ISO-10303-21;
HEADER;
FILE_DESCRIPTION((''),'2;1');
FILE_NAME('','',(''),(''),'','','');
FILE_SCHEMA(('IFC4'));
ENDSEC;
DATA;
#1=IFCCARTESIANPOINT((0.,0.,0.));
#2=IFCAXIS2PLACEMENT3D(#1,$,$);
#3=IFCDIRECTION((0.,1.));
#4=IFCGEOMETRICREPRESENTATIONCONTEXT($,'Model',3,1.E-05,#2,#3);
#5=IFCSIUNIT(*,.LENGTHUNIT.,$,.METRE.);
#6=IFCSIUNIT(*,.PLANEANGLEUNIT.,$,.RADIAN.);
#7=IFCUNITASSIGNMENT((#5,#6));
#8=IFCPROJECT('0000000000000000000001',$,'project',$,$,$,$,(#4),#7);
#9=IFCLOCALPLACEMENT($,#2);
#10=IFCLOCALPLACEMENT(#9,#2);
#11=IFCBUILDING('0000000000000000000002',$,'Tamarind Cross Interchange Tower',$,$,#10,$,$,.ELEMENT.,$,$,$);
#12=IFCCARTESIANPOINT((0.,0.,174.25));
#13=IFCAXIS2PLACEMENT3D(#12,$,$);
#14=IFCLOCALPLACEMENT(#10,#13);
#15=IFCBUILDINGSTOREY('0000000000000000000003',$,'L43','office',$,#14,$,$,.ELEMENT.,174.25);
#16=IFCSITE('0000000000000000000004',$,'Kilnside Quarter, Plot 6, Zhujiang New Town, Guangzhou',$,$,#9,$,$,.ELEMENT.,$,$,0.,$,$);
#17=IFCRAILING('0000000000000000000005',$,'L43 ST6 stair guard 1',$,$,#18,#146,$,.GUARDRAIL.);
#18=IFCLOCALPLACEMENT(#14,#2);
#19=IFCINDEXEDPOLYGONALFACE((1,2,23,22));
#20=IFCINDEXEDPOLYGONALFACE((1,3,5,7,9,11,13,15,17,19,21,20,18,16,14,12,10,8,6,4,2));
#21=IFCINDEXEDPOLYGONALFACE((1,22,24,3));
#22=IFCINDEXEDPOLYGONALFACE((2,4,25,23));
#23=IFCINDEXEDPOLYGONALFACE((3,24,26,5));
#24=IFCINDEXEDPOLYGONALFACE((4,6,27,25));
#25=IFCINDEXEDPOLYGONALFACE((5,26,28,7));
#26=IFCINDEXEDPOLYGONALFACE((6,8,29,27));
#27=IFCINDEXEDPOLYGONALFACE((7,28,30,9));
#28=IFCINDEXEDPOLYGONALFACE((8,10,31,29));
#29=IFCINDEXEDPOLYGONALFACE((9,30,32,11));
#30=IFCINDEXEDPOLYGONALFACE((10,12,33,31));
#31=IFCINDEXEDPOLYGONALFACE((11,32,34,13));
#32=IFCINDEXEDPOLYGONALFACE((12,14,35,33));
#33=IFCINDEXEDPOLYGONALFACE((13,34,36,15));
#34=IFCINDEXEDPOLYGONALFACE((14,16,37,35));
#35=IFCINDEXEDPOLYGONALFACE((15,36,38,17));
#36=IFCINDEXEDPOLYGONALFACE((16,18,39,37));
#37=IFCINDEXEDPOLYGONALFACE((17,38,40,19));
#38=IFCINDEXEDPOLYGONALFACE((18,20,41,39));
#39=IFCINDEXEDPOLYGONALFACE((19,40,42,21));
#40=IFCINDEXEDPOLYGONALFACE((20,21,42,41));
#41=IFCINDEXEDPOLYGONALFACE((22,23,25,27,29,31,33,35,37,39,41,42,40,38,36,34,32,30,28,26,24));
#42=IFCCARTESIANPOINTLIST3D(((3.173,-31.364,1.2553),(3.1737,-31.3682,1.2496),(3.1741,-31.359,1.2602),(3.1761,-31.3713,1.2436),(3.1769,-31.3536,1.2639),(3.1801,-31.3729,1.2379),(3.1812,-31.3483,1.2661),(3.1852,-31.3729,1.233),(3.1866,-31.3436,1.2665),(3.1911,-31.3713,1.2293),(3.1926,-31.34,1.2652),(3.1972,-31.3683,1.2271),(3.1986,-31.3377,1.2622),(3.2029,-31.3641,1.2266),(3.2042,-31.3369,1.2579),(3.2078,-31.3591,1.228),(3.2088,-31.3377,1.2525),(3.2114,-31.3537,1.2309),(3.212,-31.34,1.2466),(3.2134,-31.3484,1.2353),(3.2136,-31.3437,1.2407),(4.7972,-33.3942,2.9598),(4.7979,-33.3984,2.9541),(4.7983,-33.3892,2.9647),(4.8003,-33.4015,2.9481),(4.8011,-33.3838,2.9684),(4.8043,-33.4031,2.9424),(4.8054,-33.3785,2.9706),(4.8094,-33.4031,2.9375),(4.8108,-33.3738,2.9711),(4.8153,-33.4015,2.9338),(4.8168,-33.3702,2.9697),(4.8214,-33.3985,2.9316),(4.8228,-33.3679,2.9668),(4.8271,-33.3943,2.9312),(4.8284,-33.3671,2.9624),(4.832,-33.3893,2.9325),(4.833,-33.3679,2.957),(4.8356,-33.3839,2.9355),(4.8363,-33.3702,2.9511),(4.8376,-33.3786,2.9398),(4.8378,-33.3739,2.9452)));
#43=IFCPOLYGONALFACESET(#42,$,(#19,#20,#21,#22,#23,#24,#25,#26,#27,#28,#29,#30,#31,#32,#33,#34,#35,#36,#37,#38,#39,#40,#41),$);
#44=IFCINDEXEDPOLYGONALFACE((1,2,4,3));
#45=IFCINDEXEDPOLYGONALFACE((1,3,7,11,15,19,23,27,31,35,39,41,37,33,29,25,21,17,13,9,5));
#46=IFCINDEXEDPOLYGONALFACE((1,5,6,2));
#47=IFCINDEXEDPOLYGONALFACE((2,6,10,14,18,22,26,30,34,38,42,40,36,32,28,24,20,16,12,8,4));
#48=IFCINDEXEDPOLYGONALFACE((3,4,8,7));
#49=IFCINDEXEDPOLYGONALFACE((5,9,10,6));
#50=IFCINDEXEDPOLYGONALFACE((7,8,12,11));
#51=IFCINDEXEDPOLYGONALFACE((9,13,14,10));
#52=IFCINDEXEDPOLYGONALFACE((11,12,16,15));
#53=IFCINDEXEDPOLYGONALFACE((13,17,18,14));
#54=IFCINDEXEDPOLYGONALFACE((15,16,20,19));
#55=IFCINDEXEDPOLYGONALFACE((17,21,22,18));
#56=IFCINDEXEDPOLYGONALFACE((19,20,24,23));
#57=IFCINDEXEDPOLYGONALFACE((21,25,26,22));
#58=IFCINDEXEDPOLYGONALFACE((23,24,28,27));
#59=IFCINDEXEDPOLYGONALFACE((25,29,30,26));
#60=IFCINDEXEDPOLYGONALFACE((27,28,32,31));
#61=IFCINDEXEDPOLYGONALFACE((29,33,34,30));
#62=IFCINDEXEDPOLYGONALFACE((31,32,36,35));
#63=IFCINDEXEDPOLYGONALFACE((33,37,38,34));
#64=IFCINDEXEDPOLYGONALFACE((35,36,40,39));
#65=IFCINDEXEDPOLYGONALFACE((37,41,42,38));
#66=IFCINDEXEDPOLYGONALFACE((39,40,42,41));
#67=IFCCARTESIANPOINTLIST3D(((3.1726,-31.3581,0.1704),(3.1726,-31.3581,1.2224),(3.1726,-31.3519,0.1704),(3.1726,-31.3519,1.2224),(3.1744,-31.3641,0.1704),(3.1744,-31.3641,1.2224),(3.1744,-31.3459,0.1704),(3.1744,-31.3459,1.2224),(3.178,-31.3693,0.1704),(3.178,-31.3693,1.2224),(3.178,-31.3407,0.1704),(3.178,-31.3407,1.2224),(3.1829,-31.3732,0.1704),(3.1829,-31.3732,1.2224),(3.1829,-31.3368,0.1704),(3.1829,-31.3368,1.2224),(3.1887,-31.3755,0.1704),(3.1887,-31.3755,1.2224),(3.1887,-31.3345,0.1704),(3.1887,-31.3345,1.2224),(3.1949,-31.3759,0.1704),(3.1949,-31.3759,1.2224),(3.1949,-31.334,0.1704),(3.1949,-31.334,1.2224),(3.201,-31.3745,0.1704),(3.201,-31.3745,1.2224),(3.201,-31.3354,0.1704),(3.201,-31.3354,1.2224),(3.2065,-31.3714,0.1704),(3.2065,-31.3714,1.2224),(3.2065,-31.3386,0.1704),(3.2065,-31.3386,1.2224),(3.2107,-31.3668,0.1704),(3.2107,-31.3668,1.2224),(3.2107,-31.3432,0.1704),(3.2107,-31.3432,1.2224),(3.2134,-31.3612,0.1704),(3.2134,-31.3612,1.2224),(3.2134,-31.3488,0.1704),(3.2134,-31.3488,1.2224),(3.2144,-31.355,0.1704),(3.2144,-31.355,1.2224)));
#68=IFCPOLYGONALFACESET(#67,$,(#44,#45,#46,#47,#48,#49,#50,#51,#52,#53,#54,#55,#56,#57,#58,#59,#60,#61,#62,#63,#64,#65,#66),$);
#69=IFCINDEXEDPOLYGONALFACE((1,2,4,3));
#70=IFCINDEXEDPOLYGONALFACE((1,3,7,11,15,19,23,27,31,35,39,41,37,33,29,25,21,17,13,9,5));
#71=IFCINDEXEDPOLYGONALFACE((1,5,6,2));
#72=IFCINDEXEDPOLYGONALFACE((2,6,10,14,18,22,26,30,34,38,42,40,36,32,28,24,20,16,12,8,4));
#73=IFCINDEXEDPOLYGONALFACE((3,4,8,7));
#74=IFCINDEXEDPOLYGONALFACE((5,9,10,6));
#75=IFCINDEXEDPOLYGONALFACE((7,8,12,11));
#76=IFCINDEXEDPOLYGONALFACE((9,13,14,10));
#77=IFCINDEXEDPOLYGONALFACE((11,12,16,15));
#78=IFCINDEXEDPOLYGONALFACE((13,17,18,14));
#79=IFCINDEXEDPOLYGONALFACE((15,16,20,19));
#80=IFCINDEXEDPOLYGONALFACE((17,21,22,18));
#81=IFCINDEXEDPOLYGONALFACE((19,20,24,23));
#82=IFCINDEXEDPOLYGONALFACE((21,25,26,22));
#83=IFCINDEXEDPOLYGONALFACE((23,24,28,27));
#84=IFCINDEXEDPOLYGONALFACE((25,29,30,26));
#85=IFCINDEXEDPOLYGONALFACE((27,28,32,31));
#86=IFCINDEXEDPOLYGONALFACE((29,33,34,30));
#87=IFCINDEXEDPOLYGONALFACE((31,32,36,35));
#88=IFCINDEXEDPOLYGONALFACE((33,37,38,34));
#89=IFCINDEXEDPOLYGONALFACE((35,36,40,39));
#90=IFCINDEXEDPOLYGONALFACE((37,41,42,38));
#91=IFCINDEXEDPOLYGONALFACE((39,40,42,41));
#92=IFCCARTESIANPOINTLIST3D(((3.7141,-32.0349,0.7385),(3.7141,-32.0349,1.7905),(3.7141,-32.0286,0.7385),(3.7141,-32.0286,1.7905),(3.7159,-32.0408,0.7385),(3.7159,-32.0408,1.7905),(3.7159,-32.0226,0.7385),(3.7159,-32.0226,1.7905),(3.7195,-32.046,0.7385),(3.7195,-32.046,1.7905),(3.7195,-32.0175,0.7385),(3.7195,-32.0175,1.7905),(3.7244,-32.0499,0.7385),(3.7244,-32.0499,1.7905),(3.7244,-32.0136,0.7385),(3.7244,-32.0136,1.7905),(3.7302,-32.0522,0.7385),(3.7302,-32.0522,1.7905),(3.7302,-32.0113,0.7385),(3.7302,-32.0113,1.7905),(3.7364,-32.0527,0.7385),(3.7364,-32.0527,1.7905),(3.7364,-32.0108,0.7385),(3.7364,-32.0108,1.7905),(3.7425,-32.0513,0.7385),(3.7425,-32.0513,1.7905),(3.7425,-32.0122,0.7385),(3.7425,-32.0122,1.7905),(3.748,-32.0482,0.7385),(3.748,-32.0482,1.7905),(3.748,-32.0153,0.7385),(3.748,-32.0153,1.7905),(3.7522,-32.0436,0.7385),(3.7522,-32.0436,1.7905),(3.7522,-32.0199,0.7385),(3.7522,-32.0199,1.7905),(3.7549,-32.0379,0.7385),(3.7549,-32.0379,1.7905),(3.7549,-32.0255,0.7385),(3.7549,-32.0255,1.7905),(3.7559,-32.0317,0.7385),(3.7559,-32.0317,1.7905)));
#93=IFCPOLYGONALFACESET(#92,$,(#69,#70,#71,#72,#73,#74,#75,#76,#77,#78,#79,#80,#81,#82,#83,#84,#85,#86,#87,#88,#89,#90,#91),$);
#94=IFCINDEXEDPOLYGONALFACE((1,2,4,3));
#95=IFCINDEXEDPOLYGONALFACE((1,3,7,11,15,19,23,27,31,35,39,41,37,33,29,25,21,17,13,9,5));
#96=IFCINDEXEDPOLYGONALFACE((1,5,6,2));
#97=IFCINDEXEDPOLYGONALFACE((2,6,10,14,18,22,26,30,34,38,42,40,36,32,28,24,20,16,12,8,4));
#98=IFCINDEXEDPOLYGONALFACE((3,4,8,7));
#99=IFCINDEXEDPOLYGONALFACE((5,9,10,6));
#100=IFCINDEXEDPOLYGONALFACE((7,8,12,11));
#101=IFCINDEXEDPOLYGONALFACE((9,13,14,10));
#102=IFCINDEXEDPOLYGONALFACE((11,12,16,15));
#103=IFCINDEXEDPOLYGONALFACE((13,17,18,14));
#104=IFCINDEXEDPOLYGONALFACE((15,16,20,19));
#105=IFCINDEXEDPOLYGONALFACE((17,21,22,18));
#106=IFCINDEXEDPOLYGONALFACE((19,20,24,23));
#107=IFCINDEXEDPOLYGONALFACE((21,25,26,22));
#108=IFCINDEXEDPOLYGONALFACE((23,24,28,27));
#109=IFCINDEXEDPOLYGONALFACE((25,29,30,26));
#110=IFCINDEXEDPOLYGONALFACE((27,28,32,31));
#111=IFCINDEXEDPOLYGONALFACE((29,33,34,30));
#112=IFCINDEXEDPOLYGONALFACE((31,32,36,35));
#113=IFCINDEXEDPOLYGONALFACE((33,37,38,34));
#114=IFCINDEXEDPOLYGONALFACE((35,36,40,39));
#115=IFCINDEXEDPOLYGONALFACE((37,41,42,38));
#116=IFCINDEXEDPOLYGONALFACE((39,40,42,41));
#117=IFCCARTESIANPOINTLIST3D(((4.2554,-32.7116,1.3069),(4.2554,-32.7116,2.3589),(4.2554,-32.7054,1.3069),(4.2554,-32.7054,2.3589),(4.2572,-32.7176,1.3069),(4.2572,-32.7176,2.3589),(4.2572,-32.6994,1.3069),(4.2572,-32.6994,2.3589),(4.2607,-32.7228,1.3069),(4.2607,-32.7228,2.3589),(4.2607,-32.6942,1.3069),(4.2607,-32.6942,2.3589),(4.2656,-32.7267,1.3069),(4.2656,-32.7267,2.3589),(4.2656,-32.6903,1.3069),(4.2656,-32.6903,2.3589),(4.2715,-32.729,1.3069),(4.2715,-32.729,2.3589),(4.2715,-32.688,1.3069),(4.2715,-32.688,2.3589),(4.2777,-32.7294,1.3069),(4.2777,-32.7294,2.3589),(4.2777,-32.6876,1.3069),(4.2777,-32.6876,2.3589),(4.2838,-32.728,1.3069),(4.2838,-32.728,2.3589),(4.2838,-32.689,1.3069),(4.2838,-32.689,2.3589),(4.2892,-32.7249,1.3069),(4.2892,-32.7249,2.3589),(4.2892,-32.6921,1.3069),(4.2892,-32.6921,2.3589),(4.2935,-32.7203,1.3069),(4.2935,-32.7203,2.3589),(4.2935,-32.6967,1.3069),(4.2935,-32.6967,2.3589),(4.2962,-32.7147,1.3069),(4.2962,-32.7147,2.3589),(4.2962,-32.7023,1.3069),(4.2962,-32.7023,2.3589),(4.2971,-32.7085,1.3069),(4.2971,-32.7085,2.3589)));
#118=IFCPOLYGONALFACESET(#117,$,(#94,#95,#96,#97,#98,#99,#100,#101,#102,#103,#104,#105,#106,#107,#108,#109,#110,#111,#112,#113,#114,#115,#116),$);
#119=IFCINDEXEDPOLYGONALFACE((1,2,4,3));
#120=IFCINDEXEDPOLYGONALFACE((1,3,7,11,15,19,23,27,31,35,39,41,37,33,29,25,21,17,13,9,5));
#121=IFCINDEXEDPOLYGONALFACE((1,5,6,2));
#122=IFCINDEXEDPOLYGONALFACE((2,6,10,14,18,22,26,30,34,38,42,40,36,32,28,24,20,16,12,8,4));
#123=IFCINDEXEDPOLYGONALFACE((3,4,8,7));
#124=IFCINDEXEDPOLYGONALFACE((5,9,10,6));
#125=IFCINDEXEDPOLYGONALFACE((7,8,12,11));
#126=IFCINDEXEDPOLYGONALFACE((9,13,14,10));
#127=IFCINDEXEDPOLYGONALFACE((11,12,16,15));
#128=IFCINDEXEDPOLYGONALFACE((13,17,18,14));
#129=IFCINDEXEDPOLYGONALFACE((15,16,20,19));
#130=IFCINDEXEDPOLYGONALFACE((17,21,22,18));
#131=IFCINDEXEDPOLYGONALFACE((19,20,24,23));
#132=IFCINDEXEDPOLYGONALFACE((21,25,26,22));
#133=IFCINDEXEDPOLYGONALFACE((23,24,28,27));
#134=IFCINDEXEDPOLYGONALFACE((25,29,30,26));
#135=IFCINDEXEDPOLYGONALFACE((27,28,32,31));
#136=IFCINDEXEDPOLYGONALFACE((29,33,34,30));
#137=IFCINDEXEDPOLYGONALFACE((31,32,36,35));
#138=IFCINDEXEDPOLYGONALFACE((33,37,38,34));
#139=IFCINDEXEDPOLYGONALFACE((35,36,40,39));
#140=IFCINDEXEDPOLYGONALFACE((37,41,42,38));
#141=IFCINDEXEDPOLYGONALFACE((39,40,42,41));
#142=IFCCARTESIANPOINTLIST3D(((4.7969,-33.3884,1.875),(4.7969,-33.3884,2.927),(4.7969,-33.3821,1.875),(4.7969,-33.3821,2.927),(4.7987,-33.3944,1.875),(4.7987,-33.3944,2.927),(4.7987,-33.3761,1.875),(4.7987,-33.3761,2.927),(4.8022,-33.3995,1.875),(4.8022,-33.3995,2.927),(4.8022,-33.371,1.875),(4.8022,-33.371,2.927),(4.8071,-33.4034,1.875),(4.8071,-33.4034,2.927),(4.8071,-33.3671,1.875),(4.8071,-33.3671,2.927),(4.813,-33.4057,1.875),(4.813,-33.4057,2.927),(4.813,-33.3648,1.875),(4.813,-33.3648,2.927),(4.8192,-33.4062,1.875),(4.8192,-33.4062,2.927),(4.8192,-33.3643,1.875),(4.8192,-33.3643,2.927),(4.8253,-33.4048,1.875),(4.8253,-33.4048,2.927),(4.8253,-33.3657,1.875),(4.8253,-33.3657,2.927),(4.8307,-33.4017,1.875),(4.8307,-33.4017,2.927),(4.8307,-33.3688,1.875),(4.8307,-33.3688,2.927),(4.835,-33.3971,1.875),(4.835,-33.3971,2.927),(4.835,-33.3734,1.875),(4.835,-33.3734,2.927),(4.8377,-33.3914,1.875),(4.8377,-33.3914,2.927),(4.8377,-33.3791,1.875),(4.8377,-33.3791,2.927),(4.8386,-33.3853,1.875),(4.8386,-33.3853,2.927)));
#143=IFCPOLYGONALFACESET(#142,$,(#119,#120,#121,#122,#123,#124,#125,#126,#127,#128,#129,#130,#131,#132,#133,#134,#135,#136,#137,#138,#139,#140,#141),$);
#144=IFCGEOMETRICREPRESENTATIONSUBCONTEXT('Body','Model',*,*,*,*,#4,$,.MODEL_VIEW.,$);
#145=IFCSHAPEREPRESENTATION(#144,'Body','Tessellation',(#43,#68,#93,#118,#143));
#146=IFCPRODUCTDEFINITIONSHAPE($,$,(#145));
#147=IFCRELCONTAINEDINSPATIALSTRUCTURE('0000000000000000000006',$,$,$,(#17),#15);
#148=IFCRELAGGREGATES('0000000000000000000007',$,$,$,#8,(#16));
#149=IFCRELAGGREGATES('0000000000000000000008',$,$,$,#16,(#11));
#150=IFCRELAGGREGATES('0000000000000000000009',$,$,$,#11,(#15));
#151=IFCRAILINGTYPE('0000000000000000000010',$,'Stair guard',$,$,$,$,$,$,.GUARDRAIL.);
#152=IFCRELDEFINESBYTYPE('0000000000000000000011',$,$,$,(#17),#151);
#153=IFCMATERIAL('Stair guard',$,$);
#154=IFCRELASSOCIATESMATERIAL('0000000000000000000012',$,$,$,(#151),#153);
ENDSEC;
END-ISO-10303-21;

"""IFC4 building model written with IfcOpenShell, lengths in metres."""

from ifc_helpers import new_model, si_unit, direction, frame, origin, origin_2d, place, context, subcontext, project, spatial, circle, extrude, material, type_object, element, save


model = new_model("IFC4")

# Units and contexts
model_context = context("Model", 3, precision=1e-05, world=origin(), true_north=direction((0.0, 1.0)))
body_context = subcontext(model_context, "Body", "Model", "MODEL_VIEW")
ifc_project = project(units=[si_unit("LENGTHUNIT", "METRE"), si_unit("PLANEANGLEUNIT", "RADIAN")], contexts=[model_context])

# Site, building, storey
site_placement = place(None, origin())
site = spatial("IfcSite", under=ifc_project, at=site_placement, Name="Kilnside Quarter, Plot 6, Zhujiang New Town, Guangzhou", CompositionType="ELEMENT", RefElevation=0.0)
building_placement = place(site_placement, origin())
building = spatial("IfcBuilding", under=site, at=building_placement, Name="Tamarind Cross Interchange Tower", CompositionType="ELEMENT")
storey_placement = place(building_placement, frame((0.0, 0.0, 174.25)))
storey = spatial("IfcBuildingStorey", under=building, at=storey_placement, Name="L43", Description="office", CompositionType="ELEMENT", Elevation=174.25)

# Railing
ifc_material_1 = material(Name="Stair guard")
railing_type_1 = type_object("IfcRailingType", Name="Stair guard", PredefinedType="GUARDRAIL", material=ifc_material_1)
railing_1_placement = place(storey_placement, frame((3.1934, -31.355, 0.1704)))
element("IfcRailing", 1, at=railing_1_placement, inside=storey, type_object=railing_type_1, Name="L43 ST6 stair guard 1", PredefinedType="GUARDRAIL", context=body_context, shape_type="SweptSolid", body=[
    extrude(circle(Radius=0.0239, at=origin_2d()), frame((0.0, 0.0, 1.0762), z_axis=(0.52244, -0.653031, 0.548276), x_axis=(0.78086, 0.624706, 0.0)), (0.0, 0.0, 1.0), 3.1089),
    extrude(circle(Radius=0.021, at=origin_2d()), origin(), (0.0, 0.0, 1.0), 1.052),
    extrude(circle(Radius=0.021, at=origin_2d()), frame((0.5415, -0.6768, 0.5681)), (0.0, 0.0, 1.0), 1.052),
    extrude(circle(Radius=0.021, at=origin_2d()), frame((1.0828, -1.3535, 1.1365)), (0.0, 0.0, 1.0), 1.052),
    extrude(circle(Radius=0.021, at=origin_2d()), frame((1.6243, -2.0303, 1.7046)), (0.0, 0.0, 1.0), 1.052),
])

save(model, "model.ifc")
